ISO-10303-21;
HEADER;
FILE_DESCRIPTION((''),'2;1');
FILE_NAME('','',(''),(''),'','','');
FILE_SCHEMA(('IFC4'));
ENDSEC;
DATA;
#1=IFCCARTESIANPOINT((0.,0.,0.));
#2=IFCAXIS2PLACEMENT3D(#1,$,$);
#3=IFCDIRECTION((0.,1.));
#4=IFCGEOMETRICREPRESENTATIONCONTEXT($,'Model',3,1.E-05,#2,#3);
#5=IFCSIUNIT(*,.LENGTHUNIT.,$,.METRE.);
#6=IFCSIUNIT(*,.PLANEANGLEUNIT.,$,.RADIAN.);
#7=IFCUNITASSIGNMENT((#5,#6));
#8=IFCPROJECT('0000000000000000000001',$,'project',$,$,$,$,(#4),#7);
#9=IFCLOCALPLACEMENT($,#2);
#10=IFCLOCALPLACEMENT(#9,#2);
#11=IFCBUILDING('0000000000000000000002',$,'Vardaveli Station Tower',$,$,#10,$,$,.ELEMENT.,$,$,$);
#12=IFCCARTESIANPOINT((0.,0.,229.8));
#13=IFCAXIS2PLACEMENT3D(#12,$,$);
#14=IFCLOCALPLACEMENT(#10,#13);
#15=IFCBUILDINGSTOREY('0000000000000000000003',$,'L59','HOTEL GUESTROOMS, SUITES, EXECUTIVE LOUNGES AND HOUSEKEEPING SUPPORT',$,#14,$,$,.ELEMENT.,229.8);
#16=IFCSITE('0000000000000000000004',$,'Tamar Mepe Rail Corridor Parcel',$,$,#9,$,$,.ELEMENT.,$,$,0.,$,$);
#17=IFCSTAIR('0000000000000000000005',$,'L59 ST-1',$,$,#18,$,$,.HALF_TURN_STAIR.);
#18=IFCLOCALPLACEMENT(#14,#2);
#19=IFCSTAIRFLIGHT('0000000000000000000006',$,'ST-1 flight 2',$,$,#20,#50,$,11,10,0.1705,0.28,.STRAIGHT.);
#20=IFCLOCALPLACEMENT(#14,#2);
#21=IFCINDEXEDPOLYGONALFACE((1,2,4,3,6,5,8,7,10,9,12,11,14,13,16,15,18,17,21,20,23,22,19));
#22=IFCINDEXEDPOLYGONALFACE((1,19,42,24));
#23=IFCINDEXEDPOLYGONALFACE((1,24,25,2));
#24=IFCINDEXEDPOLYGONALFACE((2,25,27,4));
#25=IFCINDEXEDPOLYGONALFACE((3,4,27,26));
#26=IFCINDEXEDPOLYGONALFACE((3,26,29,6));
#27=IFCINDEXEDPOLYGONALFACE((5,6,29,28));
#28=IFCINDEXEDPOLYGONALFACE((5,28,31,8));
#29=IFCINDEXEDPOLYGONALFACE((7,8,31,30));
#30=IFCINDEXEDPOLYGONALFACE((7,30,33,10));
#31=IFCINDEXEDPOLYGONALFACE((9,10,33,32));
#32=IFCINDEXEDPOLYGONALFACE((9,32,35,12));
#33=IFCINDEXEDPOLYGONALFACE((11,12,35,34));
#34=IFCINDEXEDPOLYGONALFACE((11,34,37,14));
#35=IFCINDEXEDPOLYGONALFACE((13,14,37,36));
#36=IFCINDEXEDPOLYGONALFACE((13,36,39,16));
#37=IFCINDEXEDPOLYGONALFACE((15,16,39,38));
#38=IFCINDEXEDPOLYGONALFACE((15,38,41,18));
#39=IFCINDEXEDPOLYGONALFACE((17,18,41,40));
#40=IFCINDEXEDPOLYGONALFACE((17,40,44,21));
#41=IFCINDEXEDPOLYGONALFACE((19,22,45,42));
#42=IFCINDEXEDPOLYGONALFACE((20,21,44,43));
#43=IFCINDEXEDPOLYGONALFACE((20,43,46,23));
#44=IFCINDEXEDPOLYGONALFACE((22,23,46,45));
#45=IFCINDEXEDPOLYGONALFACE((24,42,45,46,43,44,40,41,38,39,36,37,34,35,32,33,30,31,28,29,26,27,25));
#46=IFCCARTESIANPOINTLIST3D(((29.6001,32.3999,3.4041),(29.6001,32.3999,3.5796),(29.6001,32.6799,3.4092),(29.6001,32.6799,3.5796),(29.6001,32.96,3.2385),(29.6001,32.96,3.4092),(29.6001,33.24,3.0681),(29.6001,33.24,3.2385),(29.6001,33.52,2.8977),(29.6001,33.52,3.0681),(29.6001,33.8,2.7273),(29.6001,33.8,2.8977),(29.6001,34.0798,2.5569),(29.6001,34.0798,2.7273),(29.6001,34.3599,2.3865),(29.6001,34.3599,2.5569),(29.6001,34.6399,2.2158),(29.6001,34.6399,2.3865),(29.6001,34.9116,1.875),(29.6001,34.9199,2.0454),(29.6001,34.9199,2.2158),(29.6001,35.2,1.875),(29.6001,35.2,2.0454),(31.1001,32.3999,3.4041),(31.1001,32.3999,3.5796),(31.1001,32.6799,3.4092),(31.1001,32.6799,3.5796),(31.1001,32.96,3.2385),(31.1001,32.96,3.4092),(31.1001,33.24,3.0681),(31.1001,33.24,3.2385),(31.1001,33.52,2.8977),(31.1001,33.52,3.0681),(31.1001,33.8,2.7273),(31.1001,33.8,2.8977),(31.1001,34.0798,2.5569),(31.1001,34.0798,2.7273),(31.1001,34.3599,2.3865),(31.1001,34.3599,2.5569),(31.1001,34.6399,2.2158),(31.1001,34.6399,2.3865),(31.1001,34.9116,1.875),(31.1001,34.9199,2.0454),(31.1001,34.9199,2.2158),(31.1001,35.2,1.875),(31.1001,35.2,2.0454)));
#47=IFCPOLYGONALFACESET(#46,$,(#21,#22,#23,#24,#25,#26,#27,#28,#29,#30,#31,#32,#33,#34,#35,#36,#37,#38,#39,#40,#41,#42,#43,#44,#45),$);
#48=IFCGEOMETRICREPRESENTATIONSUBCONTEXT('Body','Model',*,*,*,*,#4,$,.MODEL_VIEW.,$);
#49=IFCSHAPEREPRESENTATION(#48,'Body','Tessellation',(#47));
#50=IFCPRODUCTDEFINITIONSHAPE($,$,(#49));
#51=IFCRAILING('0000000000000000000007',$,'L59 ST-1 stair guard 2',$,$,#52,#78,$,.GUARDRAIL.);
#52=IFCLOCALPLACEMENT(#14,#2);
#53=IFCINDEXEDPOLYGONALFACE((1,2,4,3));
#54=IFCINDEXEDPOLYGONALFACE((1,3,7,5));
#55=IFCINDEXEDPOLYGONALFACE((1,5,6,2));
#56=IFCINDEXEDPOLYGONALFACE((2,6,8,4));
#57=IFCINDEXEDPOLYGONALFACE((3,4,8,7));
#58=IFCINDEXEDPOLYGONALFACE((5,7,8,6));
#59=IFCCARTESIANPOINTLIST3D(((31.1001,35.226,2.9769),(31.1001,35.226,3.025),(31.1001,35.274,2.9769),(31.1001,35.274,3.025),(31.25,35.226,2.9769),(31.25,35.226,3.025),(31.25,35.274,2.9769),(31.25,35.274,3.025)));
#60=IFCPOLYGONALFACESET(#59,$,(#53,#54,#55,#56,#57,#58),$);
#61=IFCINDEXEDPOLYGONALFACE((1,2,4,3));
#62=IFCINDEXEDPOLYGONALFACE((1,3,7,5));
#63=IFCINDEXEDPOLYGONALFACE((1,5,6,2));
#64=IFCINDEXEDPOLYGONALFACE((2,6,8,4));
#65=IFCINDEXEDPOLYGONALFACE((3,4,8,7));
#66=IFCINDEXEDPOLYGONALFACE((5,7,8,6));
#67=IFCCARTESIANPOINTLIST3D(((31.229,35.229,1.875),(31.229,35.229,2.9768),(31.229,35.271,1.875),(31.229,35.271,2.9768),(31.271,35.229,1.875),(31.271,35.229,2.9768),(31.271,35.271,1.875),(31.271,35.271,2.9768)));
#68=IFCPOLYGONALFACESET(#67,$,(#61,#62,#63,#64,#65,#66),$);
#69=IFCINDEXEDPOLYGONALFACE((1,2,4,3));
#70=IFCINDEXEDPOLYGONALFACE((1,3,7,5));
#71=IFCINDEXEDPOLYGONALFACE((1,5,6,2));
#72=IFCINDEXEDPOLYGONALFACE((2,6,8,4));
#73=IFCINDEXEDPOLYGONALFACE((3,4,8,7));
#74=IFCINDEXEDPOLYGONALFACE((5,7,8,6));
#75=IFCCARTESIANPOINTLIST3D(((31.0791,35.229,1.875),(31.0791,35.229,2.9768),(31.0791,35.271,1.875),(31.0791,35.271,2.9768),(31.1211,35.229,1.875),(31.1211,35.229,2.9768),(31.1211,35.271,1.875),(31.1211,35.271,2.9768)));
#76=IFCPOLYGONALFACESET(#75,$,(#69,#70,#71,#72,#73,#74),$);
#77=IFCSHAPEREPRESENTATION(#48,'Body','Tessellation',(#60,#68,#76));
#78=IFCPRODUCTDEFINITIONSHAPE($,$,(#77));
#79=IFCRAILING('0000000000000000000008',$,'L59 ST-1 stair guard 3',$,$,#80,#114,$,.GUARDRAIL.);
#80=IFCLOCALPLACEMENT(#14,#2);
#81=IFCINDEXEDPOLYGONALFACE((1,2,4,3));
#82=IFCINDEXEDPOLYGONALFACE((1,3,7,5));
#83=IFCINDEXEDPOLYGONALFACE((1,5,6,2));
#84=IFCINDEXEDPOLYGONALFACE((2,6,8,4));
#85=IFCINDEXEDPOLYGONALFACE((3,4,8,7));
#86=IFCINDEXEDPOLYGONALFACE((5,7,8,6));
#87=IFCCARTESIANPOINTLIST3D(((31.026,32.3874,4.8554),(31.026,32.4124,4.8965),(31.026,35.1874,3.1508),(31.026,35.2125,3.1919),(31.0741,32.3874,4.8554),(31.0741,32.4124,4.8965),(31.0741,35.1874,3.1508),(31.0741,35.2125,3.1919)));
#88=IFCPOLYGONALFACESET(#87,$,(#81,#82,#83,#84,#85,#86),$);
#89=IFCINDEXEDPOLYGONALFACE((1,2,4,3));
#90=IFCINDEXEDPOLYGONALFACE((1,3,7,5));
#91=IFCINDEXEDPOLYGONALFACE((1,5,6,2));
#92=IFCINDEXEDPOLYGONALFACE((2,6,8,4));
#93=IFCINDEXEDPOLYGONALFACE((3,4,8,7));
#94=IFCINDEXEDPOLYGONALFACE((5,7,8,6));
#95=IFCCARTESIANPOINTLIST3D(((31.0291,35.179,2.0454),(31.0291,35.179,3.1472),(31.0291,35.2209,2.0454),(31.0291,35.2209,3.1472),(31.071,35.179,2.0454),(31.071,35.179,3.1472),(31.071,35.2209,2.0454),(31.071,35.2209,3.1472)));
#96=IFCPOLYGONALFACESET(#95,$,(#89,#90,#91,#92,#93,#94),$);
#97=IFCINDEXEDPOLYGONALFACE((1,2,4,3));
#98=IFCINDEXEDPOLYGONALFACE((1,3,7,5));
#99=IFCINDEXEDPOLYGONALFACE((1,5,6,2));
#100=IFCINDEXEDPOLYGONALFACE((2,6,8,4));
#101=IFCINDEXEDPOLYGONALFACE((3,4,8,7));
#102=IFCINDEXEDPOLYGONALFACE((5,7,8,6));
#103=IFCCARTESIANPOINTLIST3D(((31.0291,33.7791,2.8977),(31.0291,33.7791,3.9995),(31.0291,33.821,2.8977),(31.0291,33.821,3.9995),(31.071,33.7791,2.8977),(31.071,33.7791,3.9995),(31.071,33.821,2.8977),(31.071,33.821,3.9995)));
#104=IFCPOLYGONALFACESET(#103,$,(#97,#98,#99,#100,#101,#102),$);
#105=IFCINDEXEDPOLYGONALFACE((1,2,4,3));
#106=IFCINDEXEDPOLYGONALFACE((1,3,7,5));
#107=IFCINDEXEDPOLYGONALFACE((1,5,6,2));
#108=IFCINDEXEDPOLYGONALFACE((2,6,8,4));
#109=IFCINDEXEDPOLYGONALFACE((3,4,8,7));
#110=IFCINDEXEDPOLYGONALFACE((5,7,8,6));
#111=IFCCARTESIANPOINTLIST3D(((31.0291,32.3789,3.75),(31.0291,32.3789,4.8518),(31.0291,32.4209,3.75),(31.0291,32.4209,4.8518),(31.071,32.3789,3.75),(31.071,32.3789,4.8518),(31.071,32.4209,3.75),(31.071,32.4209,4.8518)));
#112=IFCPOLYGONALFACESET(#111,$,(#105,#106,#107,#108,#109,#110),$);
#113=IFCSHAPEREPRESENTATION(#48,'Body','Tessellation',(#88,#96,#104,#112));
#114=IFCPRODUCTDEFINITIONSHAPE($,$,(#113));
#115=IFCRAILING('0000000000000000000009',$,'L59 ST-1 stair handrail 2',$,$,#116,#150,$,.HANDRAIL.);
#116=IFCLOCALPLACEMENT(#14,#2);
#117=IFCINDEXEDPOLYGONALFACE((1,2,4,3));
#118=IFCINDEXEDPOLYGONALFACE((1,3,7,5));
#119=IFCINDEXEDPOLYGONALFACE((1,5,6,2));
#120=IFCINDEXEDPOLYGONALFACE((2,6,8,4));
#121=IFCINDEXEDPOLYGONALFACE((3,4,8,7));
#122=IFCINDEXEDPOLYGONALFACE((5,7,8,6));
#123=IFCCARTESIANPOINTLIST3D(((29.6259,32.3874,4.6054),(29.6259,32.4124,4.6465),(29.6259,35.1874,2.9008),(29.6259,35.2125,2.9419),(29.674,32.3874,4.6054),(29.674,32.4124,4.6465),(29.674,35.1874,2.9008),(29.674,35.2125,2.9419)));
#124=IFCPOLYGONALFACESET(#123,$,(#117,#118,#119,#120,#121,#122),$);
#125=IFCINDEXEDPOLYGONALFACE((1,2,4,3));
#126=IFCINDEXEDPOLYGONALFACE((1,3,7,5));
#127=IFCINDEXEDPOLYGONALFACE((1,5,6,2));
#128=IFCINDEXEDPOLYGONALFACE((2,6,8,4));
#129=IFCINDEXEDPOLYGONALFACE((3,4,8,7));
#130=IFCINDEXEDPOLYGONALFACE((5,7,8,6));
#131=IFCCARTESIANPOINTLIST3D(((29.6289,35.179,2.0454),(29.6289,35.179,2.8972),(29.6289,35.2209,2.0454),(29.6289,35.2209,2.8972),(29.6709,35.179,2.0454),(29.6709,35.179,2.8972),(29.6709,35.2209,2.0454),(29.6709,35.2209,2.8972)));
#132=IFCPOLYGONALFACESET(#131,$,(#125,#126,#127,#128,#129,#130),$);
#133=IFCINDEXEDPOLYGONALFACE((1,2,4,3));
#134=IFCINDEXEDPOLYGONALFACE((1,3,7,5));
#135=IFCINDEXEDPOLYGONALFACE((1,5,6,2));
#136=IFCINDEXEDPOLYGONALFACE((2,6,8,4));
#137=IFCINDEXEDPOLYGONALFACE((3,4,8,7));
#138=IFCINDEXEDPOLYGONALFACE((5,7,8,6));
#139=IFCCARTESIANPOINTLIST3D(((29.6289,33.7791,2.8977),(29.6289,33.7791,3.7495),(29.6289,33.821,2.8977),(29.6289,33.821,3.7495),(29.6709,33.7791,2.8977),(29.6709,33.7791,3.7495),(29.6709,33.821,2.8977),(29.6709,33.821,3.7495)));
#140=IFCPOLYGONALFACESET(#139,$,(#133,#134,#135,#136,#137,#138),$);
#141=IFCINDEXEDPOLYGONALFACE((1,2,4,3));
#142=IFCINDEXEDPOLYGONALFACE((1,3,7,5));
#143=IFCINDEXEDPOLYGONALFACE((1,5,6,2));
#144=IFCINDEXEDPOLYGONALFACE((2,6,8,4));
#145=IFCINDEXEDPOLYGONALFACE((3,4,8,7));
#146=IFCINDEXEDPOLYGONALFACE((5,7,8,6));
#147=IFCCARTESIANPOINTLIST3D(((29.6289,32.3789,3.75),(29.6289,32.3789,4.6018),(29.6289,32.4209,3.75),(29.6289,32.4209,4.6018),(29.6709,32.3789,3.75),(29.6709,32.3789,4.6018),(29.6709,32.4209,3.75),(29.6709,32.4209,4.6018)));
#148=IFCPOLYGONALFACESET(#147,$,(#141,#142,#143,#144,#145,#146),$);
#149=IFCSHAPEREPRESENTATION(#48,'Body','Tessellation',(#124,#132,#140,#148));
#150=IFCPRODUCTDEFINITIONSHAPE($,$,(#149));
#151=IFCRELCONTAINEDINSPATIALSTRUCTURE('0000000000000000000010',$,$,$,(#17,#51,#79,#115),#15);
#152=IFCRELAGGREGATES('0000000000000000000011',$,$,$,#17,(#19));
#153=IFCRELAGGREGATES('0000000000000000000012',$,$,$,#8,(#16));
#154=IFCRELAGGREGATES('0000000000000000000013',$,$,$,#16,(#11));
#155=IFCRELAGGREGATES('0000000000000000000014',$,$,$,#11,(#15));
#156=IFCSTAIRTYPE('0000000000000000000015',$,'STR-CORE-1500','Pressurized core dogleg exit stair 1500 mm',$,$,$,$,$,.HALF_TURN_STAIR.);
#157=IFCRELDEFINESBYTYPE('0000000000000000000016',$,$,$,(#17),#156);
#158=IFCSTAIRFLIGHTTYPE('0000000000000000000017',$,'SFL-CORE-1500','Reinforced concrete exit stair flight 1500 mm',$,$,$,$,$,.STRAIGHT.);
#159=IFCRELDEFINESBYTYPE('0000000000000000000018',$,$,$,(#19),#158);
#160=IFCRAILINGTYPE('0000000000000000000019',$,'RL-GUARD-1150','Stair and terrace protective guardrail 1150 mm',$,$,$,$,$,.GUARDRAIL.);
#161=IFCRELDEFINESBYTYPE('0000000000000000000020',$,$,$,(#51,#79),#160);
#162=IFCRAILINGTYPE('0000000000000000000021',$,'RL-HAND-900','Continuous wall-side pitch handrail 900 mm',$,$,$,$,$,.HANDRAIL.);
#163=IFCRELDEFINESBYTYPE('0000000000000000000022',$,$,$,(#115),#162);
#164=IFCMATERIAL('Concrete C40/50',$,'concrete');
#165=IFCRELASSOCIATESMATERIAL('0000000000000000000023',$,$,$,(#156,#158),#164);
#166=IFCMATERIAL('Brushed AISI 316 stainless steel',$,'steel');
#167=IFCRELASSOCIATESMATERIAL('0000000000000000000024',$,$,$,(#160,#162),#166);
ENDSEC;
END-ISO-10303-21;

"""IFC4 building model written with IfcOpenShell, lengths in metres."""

from ifc_helpers import new_model, si_unit, direction, frame, origin, origin_2d, place, context, subcontext, project, spatial, polyline, rectangle, outline, extrude, source, transform, mapped, material, type_object, element, aggregate, save


model = new_model("IFC4")

# Units and contexts
model_context = context("Model", 3, precision=1e-05, world=origin(), true_north=direction((0.0, 1.0)))
body_context = subcontext(model_context, "Body", "Model", "MODEL_VIEW")
ifc_project = project(units=[si_unit("LENGTHUNIT", "METRE"), si_unit("PLANEANGLEUNIT", "RADIAN")], contexts=[model_context])

# Site, building, storey
site_placement = place(None, origin())
site = spatial("IfcSite", under=ifc_project, at=site_placement, Name="Tamar Mepe Rail Corridor Parcel", CompositionType="ELEMENT", RefElevation=0.0)
building_placement = place(site_placement, origin())
building = spatial("IfcBuilding", under=site, at=building_placement, Name="Vardaveli Station Tower", CompositionType="ELEMENT")
storey_placement = place(building_placement, frame((0.0, 0.0, 229.8)))
storey = spatial("IfcBuildingStorey", under=building, at=storey_placement, Name="L59", Description="HOTEL GUESTROOMS, SUITES, EXECUTIVE LOUNGES AND HOUSEKEEPING SUPPORT", CompositionType="ELEMENT", Elevation=229.8)

# Shared definitions
ifc_material_1 = material(Name="Concrete C40/50", Category="concrete")

# Stair, stair flight
stair_type = type_object("IfcStairType", Name="STR-CORE-1500", Description="Pressurized core dogleg exit stair 1500 mm", PredefinedType="HALF_TURN_STAIR", material=ifc_material_1)
stair_placement = place(storey_placement, origin())
stair = element("IfcStair", 1, at=stair_placement, inside=storey, type_object=stair_type, Name="L59 ST-1", PredefinedType="HALF_TURN_STAIR")
stair_flight_type = type_object("IfcStairFlightType", Name="SFL-CORE-1500", Description="Reinforced concrete exit stair flight 1500 mm", PredefinedType="STRAIGHT", material=ifc_material_1)
shared_shape_1 = source(origin(), body_context, "Body", "SweptSolid", [
    extrude(outline(polyline([(0.0, 0.0), (0.0, 0.1704), (0.28, 0.1704), (0.28, 0.3408), (0.5601, 0.3408), (0.5601, 0.5115), (0.8401, 0.5115), (0.8401, 0.6819), (1.1201, 0.6819), (1.1201, 0.8523), (1.3999, 0.8523), (1.3999, 1.0227), (1.6799, 1.0227), (1.6799, 1.1931), (1.96, 1.1931), (1.96, 1.3635), (2.24, 1.3635), (2.24, 1.5342), (2.52, 1.5342), (2.52, 1.7046), (2.8, 1.7046), (2.8, 1.875), (2.8, 1.5291), (0.2883, 0.0), (0.0, 0.0)])), frame((0.0, 0.75, 0.0), z_axis=(0.0, -1.0, 0.0), x_axis=(1.0, 0.0, 0.0)), (0.0, 0.0, 1.0), 1.5),
])
stair_flight_placement = place(storey_placement, frame((30.3501, 35.2, 1.875), z_axis=(0.0, 0.0, 1.0), x_axis=(0.0, -1.0, 0.0)))
stair_flight = element("IfcStairFlight", 2, at=stair_flight_placement, type_object=stair_flight_type, Name="ST-1 flight 2", NumberOfRisers=11, NumberOfTreads=10, PredefinedType="STRAIGHT", RiserHeight=0.1705, TreadLength=0.28, context=body_context, shape_type="MappedRepresentation", body=[
    mapped(shared_shape_1, transform((0.0, 0.0, 0.0), scale=1.0)),
])
aggregate(stair, [stair_flight])

# Railings
ifc_material_2 = material(Name="Brushed AISI 316 stainless steel", Category="steel")
railing_type_1 = type_object("IfcRailingType", Name="RL-GUARD-1150", Description="Stair and terrace protective guardrail 1150 mm", PredefinedType="GUARDRAIL", material=ifc_material_2)
shared_shape_2 = source(origin(), body_context, "Body", "SweptSolid", [
    extrude(rectangle(XDim=0.0481, YDim=0.0481, at=origin_2d()), frame((0.0, 0.0, 1.126), z_axis=(-1.0, 0.0, 0.0), x_axis=(0.0, -1.0, 0.0)), (0.0, 0.0, 1.0), 0.1499),
    extrude(rectangle(XDim=0.042, YDim=0.042, at=origin_2d()), origin(), (0.0, 0.0, 1.0), 1.1018),
    extrude(rectangle(XDim=0.042, YDim=0.042, at=origin_2d()), frame((-0.1499, 0.0, 0.0)), (0.0, 0.0, 1.0), 1.1018),
])
railing_1_placement = place(storey_placement, frame((31.25, 35.25, 1.875)))
element("IfcRailing", 3, at=railing_1_placement, inside=storey, type_object=railing_type_1, Name="L59 ST-1 stair guard 2", PredefinedType="GUARDRAIL", context=body_context, shape_type="MappedRepresentation", body=[
    mapped(shared_shape_2, transform((0.0, 0.0, 0.0), scale=1.0)),
])
shared_shape_3 = source(origin(), body_context, "Body", "SweptSolid", [
    extrude(rectangle(XDim=0.0481, YDim=0.0481, at=origin_2d()), frame((0.0, 0.0, 1.126), z_axis=(0.0, -0.85417, 0.519994), x_axis=(1.0, 0.0, 0.0)), (0.0, 0.0, 1.0), 3.2781),
    extrude(rectangle(XDim=0.042, YDim=0.042, at=origin_2d()), origin(), (0.0, 0.0, 1.0), 1.1018),
    extrude(rectangle(XDim=0.042, YDim=0.042, at=origin_2d()), frame((0.0, -1.3999, 0.8523)), (0.0, 0.0, 1.0), 1.1018),
    extrude(rectangle(XDim=0.042, YDim=0.042, at=origin_2d()), frame((0.0, -2.8, 1.7046)), (0.0, 0.0, 1.0), 1.1018),
])
railing_2_placement = place(storey_placement, frame((31.05, 35.2, 2.0454)))
element("IfcRailing", 4, at=railing_2_placement, inside=storey, type_object=railing_type_1, Name="L59 ST-1 stair guard 3", PredefinedType="GUARDRAIL", context=body_context, shape_type="MappedRepresentation", body=[
    mapped(shared_shape_3, transform((0.0, 0.0, 0.0), scale=1.0)),
])
railing_type_2 = type_object("IfcRailingType", Name="RL-HAND-900", Description="Continuous wall-side pitch handrail 900 mm", PredefinedType="HANDRAIL", material=ifc_material_2)
shared_shape_4 = source(origin(), body_context, "Body", "SweptSolid", [
    extrude(rectangle(XDim=0.0481, YDim=0.0481, at=origin_2d()), frame((0.0, 0.0, 0.876), z_axis=(0.0, -0.85417, 0.519994), x_axis=(1.0, 0.0, 0.0)), (0.0, 0.0, 1.0), 3.2781),
    extrude(rectangle(XDim=0.042, YDim=0.042, at=origin_2d()), origin(), (0.0, 0.0, 1.0), 0.8518),
    extrude(rectangle(XDim=0.042, YDim=0.042, at=origin_2d()), frame((0.0, -1.3999, 0.8523)), (0.0, 0.0, 1.0), 0.8518),
    extrude(rectangle(XDim=0.042, YDim=0.042, at=origin_2d()), frame((0.0, -2.8, 1.7046)), (0.0, 0.0, 1.0), 0.8518),
])
railing_3_placement = place(storey_placement, frame((29.6499, 35.2, 2.0454)))
element("IfcRailing", 5, at=railing_3_placement, inside=storey, type_object=railing_type_2, Name="L59 ST-1 stair handrail 2", PredefinedType="HANDRAIL", context=body_context, shape_type="MappedRepresentation", body=[
    mapped(shared_shape_4, transform((0.0, 0.0, 0.0), scale=1.0)),
])

save(model, "model.ifc")
